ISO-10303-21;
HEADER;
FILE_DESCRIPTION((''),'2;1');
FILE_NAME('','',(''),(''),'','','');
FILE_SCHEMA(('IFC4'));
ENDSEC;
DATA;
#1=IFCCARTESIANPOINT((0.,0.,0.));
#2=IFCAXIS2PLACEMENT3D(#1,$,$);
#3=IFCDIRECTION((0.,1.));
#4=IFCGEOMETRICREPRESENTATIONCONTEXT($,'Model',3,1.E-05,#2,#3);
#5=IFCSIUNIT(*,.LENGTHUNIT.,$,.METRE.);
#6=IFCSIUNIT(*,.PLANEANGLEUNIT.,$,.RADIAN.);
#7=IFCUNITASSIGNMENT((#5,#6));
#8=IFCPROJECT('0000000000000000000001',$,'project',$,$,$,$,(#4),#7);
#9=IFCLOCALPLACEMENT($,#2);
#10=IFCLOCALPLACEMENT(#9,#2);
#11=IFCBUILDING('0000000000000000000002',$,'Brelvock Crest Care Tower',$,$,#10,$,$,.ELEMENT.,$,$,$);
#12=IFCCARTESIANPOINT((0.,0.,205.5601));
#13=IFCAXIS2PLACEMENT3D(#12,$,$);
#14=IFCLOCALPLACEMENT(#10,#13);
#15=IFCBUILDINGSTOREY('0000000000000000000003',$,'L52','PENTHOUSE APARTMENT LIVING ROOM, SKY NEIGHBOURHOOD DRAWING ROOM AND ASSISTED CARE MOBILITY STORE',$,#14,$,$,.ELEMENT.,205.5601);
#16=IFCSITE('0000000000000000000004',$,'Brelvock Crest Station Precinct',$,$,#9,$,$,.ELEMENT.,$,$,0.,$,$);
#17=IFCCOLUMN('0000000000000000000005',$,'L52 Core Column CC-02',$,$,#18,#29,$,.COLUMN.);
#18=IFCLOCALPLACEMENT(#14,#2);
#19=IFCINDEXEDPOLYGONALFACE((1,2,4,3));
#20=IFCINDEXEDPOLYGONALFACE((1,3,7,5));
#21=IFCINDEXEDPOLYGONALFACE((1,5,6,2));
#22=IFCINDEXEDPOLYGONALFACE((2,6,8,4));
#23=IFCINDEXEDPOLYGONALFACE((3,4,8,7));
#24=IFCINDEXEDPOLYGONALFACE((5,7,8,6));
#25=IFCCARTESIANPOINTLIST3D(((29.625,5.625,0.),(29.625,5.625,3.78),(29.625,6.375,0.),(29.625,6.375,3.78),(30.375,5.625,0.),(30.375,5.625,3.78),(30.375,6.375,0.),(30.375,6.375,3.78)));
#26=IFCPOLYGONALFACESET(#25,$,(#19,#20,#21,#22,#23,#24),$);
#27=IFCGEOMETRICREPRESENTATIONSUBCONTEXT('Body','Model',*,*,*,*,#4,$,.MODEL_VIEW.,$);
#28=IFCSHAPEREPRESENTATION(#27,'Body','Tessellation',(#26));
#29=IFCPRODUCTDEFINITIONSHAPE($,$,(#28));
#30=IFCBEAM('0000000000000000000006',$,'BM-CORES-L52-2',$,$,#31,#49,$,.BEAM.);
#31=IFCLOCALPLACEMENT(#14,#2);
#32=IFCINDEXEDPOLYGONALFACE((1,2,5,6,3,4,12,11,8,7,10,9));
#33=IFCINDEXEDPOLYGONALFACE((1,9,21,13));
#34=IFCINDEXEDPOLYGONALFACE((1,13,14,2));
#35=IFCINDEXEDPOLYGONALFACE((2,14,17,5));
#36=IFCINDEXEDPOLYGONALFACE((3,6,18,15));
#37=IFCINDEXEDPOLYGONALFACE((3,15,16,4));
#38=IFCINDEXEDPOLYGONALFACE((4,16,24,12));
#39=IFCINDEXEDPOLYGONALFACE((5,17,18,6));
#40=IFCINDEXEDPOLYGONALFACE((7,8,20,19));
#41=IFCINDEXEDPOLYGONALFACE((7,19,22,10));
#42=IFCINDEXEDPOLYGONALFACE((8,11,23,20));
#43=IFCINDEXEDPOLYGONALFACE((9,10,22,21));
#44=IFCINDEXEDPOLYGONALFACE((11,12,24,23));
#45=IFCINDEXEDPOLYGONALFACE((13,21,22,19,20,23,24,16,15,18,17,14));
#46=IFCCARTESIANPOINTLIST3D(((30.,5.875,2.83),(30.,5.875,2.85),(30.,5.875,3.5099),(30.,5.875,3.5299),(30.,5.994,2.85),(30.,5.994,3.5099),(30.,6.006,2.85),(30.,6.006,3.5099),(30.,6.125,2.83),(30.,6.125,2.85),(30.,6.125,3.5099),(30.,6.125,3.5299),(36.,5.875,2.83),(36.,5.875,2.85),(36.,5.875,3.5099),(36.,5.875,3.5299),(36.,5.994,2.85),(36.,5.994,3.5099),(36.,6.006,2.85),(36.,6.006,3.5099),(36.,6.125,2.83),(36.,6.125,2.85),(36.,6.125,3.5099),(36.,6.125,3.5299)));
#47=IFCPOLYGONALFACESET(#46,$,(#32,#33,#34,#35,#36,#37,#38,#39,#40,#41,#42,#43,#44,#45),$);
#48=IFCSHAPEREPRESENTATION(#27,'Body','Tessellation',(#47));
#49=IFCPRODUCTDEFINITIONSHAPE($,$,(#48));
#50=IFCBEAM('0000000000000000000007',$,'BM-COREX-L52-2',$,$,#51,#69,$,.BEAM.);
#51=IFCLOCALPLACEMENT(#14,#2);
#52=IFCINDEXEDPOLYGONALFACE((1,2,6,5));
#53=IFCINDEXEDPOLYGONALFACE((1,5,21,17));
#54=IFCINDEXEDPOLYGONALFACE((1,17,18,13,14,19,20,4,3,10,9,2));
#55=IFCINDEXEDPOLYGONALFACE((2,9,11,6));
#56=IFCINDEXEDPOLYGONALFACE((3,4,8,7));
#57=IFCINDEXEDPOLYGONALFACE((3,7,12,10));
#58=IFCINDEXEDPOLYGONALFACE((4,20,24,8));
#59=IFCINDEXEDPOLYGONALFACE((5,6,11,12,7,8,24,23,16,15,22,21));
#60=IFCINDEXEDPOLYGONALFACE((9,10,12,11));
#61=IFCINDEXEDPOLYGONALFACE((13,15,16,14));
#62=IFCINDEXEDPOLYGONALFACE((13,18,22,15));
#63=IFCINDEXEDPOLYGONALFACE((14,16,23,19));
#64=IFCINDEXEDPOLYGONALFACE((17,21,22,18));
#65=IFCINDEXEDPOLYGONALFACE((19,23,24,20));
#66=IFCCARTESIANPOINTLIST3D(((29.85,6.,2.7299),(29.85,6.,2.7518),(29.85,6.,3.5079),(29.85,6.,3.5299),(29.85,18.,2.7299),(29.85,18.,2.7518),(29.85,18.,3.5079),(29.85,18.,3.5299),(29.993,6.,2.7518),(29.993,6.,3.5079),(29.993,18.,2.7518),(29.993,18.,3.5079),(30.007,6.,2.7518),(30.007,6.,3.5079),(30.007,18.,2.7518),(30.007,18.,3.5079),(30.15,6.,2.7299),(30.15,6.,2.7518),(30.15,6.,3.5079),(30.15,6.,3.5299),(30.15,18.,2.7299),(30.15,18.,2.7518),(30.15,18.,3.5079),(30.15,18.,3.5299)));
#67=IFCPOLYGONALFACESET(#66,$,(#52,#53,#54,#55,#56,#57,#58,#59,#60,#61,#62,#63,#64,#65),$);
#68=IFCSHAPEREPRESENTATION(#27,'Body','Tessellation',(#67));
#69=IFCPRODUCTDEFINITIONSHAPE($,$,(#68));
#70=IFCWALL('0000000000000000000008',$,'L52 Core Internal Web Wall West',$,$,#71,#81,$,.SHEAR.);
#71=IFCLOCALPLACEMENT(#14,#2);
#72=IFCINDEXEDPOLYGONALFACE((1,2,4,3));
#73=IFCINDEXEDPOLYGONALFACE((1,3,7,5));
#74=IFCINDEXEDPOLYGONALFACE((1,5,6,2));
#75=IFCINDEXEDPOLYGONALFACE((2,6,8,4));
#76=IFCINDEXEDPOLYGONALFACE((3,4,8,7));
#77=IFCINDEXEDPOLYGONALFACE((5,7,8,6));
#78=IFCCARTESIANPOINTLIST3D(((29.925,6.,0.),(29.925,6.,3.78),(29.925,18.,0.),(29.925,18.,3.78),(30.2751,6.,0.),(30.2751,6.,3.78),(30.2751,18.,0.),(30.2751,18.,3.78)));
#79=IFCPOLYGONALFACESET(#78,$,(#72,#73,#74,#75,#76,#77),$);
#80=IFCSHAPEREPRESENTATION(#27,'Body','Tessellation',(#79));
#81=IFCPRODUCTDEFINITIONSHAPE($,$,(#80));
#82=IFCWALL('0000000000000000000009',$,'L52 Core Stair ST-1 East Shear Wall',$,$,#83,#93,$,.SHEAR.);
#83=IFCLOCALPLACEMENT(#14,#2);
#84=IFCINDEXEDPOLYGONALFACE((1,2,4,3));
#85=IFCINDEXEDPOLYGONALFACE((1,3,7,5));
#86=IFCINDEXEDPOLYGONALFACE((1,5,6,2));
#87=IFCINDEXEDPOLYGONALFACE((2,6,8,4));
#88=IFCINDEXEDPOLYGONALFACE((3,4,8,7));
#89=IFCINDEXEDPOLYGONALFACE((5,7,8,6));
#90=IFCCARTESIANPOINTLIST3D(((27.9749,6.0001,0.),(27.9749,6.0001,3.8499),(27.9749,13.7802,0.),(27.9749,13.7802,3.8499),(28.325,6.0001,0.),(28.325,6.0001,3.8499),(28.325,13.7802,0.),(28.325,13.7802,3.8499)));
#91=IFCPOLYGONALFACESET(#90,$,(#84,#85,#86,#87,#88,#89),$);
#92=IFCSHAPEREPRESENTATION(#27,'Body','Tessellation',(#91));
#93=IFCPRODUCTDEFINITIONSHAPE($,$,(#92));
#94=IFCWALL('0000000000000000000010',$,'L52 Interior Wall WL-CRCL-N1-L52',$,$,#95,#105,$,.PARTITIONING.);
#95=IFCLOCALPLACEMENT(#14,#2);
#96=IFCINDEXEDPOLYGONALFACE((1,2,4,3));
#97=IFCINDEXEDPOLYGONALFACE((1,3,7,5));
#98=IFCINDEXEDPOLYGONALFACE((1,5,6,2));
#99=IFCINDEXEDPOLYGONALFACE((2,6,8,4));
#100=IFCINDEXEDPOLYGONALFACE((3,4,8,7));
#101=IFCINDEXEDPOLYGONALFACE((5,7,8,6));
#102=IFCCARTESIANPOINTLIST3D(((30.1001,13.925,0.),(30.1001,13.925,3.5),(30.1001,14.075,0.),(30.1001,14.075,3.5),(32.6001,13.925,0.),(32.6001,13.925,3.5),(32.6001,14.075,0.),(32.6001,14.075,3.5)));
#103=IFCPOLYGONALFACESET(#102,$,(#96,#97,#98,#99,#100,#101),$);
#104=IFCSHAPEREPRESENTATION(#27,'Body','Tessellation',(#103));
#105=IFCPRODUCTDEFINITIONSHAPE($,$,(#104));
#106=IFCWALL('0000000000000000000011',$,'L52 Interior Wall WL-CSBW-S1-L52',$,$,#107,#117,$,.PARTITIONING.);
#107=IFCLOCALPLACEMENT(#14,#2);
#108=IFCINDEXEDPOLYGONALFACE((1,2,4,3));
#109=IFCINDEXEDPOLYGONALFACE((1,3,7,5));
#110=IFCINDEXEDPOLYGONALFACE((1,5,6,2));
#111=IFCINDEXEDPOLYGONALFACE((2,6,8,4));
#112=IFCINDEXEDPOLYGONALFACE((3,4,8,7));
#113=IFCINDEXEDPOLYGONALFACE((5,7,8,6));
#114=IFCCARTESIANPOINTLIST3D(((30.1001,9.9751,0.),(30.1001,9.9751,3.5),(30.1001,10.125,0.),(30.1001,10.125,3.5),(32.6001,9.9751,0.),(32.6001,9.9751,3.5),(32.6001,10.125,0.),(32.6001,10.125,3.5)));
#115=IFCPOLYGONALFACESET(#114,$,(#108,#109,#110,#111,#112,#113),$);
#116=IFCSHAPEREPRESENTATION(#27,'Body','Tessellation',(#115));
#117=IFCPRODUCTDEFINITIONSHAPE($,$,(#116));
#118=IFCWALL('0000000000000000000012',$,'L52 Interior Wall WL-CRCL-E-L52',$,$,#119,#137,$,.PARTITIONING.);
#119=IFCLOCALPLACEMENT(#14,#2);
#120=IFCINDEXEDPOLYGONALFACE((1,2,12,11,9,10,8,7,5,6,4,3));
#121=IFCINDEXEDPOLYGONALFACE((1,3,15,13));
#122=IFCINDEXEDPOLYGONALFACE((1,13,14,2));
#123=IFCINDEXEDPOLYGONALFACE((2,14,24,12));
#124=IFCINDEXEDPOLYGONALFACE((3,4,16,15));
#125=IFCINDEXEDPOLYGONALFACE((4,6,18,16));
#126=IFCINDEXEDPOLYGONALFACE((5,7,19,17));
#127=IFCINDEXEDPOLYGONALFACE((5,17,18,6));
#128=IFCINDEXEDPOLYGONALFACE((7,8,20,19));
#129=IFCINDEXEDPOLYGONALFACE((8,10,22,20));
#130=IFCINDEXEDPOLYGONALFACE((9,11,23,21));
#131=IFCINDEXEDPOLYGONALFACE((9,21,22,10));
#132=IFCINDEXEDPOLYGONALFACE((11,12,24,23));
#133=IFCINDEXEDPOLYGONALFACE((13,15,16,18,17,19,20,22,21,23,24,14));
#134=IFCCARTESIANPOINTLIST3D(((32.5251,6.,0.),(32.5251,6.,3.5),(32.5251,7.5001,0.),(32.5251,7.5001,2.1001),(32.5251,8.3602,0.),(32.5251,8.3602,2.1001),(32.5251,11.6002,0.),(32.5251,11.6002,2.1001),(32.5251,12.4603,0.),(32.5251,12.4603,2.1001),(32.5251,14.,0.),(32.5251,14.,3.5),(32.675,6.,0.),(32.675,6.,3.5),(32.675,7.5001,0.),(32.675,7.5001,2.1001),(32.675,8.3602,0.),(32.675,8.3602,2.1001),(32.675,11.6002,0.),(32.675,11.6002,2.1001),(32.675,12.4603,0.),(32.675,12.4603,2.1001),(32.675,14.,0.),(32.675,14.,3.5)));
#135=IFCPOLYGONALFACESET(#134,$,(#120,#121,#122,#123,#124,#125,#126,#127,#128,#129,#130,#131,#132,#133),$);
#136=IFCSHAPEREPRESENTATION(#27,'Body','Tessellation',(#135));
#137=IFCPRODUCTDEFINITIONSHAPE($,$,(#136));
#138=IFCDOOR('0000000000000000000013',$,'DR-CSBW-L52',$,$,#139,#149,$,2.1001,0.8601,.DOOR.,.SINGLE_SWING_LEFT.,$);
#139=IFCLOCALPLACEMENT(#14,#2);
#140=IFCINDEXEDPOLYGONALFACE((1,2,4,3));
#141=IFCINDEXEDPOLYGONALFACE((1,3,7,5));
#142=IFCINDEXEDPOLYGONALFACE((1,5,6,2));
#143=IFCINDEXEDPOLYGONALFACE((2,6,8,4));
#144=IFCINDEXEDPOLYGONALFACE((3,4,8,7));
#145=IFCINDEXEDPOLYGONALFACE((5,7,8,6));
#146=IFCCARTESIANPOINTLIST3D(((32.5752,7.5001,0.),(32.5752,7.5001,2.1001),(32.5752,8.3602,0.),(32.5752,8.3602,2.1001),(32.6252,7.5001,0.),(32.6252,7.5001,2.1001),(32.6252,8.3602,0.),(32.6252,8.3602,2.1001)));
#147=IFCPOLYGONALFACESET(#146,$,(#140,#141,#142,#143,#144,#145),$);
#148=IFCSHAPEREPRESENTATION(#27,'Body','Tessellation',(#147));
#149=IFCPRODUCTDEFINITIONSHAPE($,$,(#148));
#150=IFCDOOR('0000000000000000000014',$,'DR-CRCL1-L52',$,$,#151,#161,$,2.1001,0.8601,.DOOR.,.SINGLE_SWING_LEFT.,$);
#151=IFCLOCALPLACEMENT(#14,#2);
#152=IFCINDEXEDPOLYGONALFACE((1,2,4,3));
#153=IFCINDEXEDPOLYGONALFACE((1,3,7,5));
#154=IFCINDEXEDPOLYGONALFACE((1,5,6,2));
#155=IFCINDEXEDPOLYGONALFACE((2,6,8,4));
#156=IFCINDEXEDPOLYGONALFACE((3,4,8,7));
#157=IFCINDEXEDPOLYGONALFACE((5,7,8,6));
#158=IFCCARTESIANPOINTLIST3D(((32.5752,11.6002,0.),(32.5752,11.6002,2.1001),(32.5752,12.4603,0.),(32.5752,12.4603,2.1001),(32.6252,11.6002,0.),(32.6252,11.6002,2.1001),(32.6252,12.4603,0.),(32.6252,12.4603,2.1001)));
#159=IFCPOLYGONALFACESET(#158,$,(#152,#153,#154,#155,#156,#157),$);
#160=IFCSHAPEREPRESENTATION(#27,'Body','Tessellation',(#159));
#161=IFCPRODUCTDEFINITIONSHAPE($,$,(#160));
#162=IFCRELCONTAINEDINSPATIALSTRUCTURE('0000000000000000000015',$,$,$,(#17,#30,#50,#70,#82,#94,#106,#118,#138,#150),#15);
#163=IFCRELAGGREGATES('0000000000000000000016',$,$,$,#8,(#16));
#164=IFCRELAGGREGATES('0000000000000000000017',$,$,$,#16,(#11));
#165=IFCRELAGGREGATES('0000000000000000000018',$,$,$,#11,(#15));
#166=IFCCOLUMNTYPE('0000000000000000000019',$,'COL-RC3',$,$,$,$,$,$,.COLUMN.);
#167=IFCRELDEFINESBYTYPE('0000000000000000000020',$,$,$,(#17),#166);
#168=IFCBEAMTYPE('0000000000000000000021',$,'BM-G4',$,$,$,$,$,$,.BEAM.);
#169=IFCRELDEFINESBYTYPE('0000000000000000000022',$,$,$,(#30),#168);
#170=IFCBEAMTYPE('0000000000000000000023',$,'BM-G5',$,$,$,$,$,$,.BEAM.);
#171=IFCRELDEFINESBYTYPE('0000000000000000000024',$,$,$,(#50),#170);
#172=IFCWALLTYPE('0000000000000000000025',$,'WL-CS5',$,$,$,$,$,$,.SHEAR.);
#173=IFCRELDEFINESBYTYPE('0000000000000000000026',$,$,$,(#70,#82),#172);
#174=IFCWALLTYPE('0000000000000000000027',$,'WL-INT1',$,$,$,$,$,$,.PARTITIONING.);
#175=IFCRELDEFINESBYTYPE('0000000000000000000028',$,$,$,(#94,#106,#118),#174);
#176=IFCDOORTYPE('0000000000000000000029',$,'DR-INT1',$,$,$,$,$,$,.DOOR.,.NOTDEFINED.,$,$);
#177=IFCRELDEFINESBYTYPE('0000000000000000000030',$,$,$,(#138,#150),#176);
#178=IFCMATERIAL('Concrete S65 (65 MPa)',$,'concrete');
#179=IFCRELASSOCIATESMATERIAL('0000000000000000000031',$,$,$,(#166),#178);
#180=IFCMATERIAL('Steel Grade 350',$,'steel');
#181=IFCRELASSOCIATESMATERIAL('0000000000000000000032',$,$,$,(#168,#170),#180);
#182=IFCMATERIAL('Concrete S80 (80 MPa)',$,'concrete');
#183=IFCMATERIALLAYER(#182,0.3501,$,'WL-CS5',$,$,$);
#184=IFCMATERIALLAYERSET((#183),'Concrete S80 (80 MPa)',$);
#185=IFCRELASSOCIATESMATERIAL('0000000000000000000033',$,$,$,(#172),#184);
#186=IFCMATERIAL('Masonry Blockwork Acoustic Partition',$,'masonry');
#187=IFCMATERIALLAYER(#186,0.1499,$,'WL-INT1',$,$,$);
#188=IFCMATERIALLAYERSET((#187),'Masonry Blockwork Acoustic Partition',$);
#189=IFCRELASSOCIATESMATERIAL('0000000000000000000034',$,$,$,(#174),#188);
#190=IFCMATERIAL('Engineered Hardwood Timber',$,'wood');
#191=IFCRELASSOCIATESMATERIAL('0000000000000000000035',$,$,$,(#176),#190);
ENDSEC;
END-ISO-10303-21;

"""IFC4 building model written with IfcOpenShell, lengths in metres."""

from ifc_helpers import new_model, si_unit, direction, frame, frame_2d, origin, origin_2d, place, context, subcontext, project, spatial, rectangle, i_section, extrude, source, transform, mapped, material, layer, layer_set, material_profile, profile_set, type_object, element, fill, save


model = new_model("IFC4")

# Units and contexts
model_context = context("Model", 3, precision=1e-05, world=origin(), true_north=direction((0.0, 1.0)))
body_context = subcontext(model_context, "Body", "Model", "MODEL_VIEW")
ifc_project = project(units=[si_unit("LENGTHUNIT", "METRE"), si_unit("PLANEANGLEUNIT", "RADIAN")], contexts=[model_context])

# Site, building, storey
site_placement = place(None, origin())
site = spatial("IfcSite", under=ifc_project, at=site_placement, Name="Brelvock Crest Station Precinct", CompositionType="ELEMENT", RefElevation=0.0)
building_placement = place(site_placement, origin())
building = spatial("IfcBuilding", under=site, at=building_placement, Name="Brelvock Crest Care Tower", CompositionType="ELEMENT")
storey_placement = place(building_placement, frame((0.0, 0.0, 205.5601)))
storey = spatial("IfcBuildingStorey", under=building, at=storey_placement, Name="L52", Description="PENTHOUSE APARTMENT LIVING ROOM, SKY NEIGHBOURHOOD DRAWING ROOM AND ASSISTED CARE MOBILITY STORE", CompositionType="ELEMENT", Elevation=205.5601)

# Column
ifc_material_1 = material(Name="Concrete S65 (65 MPa)", Category="concrete")
ifc_material_profile_1 = material_profile(ifc_material_1, rectangle(XDim=0.75, YDim=0.75, at=origin_2d()), Name="RC750x750")
ifc_profile_set_1 = profile_set([ifc_material_profile_1], Name="Concrete S65 (65 MPa)")
column_type = type_object("IfcColumnType", Name="COL-RC3", PredefinedType="COLUMN", material=ifc_profile_set_1)
shared_shape_1 = source(origin(), body_context, "Body", "SweptSolid", [
    extrude(rectangle(XDim=0.75, YDim=0.75, at=origin_2d()), origin(), (0.0, 0.0, 1.0), 3.78),
])
column_placement = place(storey_placement, frame((30.0, 6.0, 0.0), z_axis=(0.0, 0.0, 1.0), x_axis=(1.0, 0.0, 0.0)))
element("IfcColumn", 1, at=column_placement, inside=storey, type_object=column_type, Name="L52 Core Column CC-02", PredefinedType="COLUMN", context=body_context, shape_type="MappedRepresentation", body=[
    mapped(shared_shape_1, transform((0.0, 0.0, 0.0), x_axis=(1.0, 0.0, 0.0), y_axis=(0.0, 1.0, 0.0), z_axis=(0.0, 0.0, 1.0), scale=1.0)),
])

# Beams
ifc_material_2 = material(Name="Steel Grade 350", Category="steel")
ifc_material_profile_2 = material_profile(ifc_material_2, i_section(OverallWidth=0.25, OverallDepth=0.7, WebThickness=0.012, FlangeThickness=0.02, at=origin_2d()), Name="700WB150")
ifc_profile_set_2 = profile_set([ifc_material_profile_2], Name="Steel Grade 350")
beam_type_1 = type_object("IfcBeamType", Name="BM-G4", PredefinedType="BEAM", material=ifc_profile_set_2)
shared_shape_2 = source(origin(), body_context, "Body", "SweptSolid", [
    extrude(i_section(OverallWidth=0.25, OverallDepth=0.7, WebThickness=0.012, FlangeThickness=0.02, at=origin_2d()), origin(), (0.0, 0.0, 1.0), 6.0),
])
beam_1_placement = place(storey_placement, frame((30.0, 6.0, 3.1799), z_axis=(1.0, 0.0, 0.0), x_axis=(0.0, 1.0, 0.0)))
element("IfcBeam", 2, at=beam_1_placement, inside=storey, type_object=beam_type_1, Name="BM-CORES-L52-2", PredefinedType="BEAM", context=body_context, shape_type="MappedRepresentation", body=[
    mapped(shared_shape_2, transform((0.0, 0.0, 0.0), x_axis=(1.0, 0.0, 0.0), y_axis=(0.0, 1.0, 0.0), z_axis=(0.0, 0.0, 1.0), scale=1.0)),
])
ifc_material_profile_3 = material_profile(ifc_material_2, i_section(OverallWidth=0.3, OverallDepth=0.8, WebThickness=0.0139, FlangeThickness=0.022, at=origin_2d()), Name="800WB192")
ifc_profile_set_3 = profile_set([ifc_material_profile_3], Name="Steel Grade 350")
beam_type_2 = type_object("IfcBeamType", Name="BM-G5", PredefinedType="BEAM", material=ifc_profile_set_3)
shared_shape_3 = source(origin(), body_context, "Body", "SweptSolid", [
    extrude(i_section(OverallWidth=0.3, OverallDepth=0.8, WebThickness=0.0139, FlangeThickness=0.022, at=origin_2d()), origin(), (0.0, 0.0, 1.0), 12.0),
])
beam_2_placement = place(storey_placement, frame((30.0, 6.0, 3.1299), z_axis=(0.0, 1.0, 0.0), x_axis=(-1.0, 0.0, 0.0)))
element("IfcBeam", 3, at=beam_2_placement, inside=storey, type_object=beam_type_2, Name="BM-COREX-L52-2", PredefinedType="BEAM", context=body_context, shape_type="MappedRepresentation", body=[
    mapped(shared_shape_3, transform((0.0, 0.0, 0.0), x_axis=(1.0, 0.0, 0.0), y_axis=(0.0, 1.0, 0.0), z_axis=(0.0, 0.0, 1.0), scale=1.0)),
])

# Walls
ifc_material_3 = material(Name="Concrete S80 (80 MPa)", Category="concrete")
ifc_layer_1 = layer(ifc_material_3, 0.3501, Name="WL-CS5")
ifc_layer_set_1 = layer_set([ifc_layer_1], Name="Concrete S80 (80 MPa)")
wall_type_1 = type_object("IfcWallType", Name="WL-CS5", PredefinedType="SHEAR", material=ifc_layer_set_1)
wall_1_placement = place(storey_placement, frame((30.1001, 6.0, 0.0), z_axis=(0.0, 0.0, 1.0), x_axis=(0.0, 1.0, 0.0)))
element("IfcWall", 4, at=wall_1_placement, inside=storey, type_object=wall_type_1, Name="L52 Core Internal Web Wall West", PredefinedType="SHEAR", context=body_context, shape_type="SweptSolid", body=[
    extrude(rectangle(XDim=12.0, YDim=0.3501, at=frame_2d((6.0, 0.0))), origin(), (0.0, 0.0, 1.0), 3.78),
])
wall_2_placement = place(storey_placement, frame((28.1499, 6.0, 0.0), z_axis=(0.0, 0.0, 1.0), x_axis=(0.0, 1.0, 0.0)))
element("IfcWall", 5, at=wall_2_placement, inside=storey, type_object=wall_type_1, Name="L52 Core Stair ST-1 East Shear Wall", PredefinedType="SHEAR", context=body_context, shape_type="SweptSolid", body=[
    extrude(rectangle(XDim=7.78, YDim=0.3501, at=frame_2d((3.8901, 0.0))), origin(), (0.0, 0.0, 1.0), 3.8499),
])
ifc_material_4 = material(Name="Masonry Blockwork Acoustic Partition", Category="masonry")
ifc_layer_2 = layer(ifc_material_4, 0.1499, Name="WL-INT1")
ifc_layer_set_2 = layer_set([ifc_layer_2], Name="Masonry Blockwork Acoustic Partition")
wall_type_2 = type_object("IfcWallType", Name="WL-INT1", PredefinedType="PARTITIONING", material=ifc_layer_set_2)
for number, where, z_axis, x_axis, name in (
    (6, (30.1001, 14.0, 0.0), (0.0, 0.0, 1.0), (1.0, 0.0, 0.0), "L52 Interior Wall WL-CRCL-N1-L52"),
    (7, (30.1001, 10.05, 0.0), (0.0, 0.0, 1.0), (1.0, 0.0, 0.0), "L52 Interior Wall WL-CSBW-S1-L52"),
):
    element("IfcWall", number, at=place(storey_placement, frame(where, z_axis=z_axis, x_axis=x_axis)), inside=storey, type_object=wall_type_2, Name=name, PredefinedType="PARTITIONING", context=body_context, shape_type="SweptSolid", body=[
        extrude(rectangle(XDim=2.5, YDim=0.1499, at=frame_2d((1.25, 0.0))), origin(), (0.0, 0.0, 1.0), 3.5),
    ])

# Wall, openings, doors
wall_3_placement = place(storey_placement, frame((32.6001, 6.0, 0.0), z_axis=(0.0, 0.0, 1.0), x_axis=(0.0, 1.0, 0.0)))
wall_3 = element("IfcWall", 8, at=wall_3_placement, inside=storey, type_object=wall_type_2, Name="L52 Interior Wall WL-CRCL-E-L52", PredefinedType="PARTITIONING", context=body_context, shape_type="SweptSolid", body=[
    extrude(rectangle(XDim=8.0, YDim=0.1499, at=frame_2d((4.0, 0.0))), origin(), (0.0, 0.0, 1.0), 3.5),
])
opening_1_placement = place(wall_3_placement, frame((1.5, 0.0, 0.0)))
opening_1 = element("IfcOpeningElement", 9, at=opening_1_placement, cuts=wall_3, PredefinedType="OPENING", context=body_context, shape_type="SweptSolid", body=[
    extrude(rectangle(XDim=0.8601, YDim=2.1001, at=origin_2d()), frame((0.4302, 0.085, 1.05), z_axis=(0.0, -1.0, 0.0), x_axis=(1.0, 0.0, 0.0)), (0.0, 0.0, 1.0), 0.1699),
])
opening_2_placement = place(wall_3_placement, frame((5.6001, 0.0, 0.0)))
opening_2 = element("IfcOpeningElement", 10, at=opening_2_placement, cuts=wall_3, PredefinedType="OPENING", context=body_context, shape_type="SweptSolid", body=[
    extrude(rectangle(XDim=0.8601, YDim=2.1001, at=origin_2d()), frame((0.4302, 0.085, 1.05), z_axis=(0.0, -1.0, 0.0), x_axis=(1.0, 0.0, 0.0)), (0.0, 0.0, 1.0), 0.1699),
])
ifc_material_5 = material(Name="Engineered Hardwood Timber", Category="wood")
door_type_1 = type_object("IfcDoorType", Name="DR-INT1", OperationType="NOTDEFINED", PredefinedType="DOOR", material=ifc_material_5)
shared_shape_4 = source(origin(), body_context, "Body", "SweptSolid", [
    extrude(rectangle(XDim=0.8601, YDim=2.1001, at=origin_2d()), frame((0.4302, 0.0249, 1.05), z_axis=(0.0, -1.0, 0.0), x_axis=(1.0, 0.0, 0.0)), (0.0, 0.0, 1.0), 0.05),
])
door_1_placement = place(opening_1_placement, origin())
door_1 = element("IfcDoor", 11, at=door_1_placement, inside=storey, type_object=door_type_1, Name="DR-CSBW-L52", OperationType="SINGLE_SWING_LEFT", OverallHeight=2.1001, OverallWidth=0.8601, PredefinedType="DOOR", context=body_context, shape_type="MappedRepresentation", body=[
    mapped(shared_shape_4, transform((0.0, 0.0, 0.0), x_axis=(1.0, 0.0, 0.0), y_axis=(0.0, 1.0, 0.0), z_axis=(0.0, 0.0, 1.0), scale=1.0)),
])
fill(opening_1, door_1)
door_2_placement = place(opening_2_placement, origin())
door_2 = element("IfcDoor", 12, at=door_2_placement, inside=storey, type_object=door_type_1, Name="DR-CRCL1-L52", OperationType="SINGLE_SWING_LEFT", OverallHeight=2.1001, OverallWidth=0.8601, PredefinedType="DOOR", context=body_context, shape_type="MappedRepresentation", body=[
    mapped(shared_shape_4, transform((0.0, 0.0, 0.0), x_axis=(1.0, 0.0, 0.0), y_axis=(0.0, 1.0, 0.0), z_axis=(0.0, 0.0, 1.0), scale=1.0)),
])
fill(opening_2, door_2)

save(model, "model.ifc")
